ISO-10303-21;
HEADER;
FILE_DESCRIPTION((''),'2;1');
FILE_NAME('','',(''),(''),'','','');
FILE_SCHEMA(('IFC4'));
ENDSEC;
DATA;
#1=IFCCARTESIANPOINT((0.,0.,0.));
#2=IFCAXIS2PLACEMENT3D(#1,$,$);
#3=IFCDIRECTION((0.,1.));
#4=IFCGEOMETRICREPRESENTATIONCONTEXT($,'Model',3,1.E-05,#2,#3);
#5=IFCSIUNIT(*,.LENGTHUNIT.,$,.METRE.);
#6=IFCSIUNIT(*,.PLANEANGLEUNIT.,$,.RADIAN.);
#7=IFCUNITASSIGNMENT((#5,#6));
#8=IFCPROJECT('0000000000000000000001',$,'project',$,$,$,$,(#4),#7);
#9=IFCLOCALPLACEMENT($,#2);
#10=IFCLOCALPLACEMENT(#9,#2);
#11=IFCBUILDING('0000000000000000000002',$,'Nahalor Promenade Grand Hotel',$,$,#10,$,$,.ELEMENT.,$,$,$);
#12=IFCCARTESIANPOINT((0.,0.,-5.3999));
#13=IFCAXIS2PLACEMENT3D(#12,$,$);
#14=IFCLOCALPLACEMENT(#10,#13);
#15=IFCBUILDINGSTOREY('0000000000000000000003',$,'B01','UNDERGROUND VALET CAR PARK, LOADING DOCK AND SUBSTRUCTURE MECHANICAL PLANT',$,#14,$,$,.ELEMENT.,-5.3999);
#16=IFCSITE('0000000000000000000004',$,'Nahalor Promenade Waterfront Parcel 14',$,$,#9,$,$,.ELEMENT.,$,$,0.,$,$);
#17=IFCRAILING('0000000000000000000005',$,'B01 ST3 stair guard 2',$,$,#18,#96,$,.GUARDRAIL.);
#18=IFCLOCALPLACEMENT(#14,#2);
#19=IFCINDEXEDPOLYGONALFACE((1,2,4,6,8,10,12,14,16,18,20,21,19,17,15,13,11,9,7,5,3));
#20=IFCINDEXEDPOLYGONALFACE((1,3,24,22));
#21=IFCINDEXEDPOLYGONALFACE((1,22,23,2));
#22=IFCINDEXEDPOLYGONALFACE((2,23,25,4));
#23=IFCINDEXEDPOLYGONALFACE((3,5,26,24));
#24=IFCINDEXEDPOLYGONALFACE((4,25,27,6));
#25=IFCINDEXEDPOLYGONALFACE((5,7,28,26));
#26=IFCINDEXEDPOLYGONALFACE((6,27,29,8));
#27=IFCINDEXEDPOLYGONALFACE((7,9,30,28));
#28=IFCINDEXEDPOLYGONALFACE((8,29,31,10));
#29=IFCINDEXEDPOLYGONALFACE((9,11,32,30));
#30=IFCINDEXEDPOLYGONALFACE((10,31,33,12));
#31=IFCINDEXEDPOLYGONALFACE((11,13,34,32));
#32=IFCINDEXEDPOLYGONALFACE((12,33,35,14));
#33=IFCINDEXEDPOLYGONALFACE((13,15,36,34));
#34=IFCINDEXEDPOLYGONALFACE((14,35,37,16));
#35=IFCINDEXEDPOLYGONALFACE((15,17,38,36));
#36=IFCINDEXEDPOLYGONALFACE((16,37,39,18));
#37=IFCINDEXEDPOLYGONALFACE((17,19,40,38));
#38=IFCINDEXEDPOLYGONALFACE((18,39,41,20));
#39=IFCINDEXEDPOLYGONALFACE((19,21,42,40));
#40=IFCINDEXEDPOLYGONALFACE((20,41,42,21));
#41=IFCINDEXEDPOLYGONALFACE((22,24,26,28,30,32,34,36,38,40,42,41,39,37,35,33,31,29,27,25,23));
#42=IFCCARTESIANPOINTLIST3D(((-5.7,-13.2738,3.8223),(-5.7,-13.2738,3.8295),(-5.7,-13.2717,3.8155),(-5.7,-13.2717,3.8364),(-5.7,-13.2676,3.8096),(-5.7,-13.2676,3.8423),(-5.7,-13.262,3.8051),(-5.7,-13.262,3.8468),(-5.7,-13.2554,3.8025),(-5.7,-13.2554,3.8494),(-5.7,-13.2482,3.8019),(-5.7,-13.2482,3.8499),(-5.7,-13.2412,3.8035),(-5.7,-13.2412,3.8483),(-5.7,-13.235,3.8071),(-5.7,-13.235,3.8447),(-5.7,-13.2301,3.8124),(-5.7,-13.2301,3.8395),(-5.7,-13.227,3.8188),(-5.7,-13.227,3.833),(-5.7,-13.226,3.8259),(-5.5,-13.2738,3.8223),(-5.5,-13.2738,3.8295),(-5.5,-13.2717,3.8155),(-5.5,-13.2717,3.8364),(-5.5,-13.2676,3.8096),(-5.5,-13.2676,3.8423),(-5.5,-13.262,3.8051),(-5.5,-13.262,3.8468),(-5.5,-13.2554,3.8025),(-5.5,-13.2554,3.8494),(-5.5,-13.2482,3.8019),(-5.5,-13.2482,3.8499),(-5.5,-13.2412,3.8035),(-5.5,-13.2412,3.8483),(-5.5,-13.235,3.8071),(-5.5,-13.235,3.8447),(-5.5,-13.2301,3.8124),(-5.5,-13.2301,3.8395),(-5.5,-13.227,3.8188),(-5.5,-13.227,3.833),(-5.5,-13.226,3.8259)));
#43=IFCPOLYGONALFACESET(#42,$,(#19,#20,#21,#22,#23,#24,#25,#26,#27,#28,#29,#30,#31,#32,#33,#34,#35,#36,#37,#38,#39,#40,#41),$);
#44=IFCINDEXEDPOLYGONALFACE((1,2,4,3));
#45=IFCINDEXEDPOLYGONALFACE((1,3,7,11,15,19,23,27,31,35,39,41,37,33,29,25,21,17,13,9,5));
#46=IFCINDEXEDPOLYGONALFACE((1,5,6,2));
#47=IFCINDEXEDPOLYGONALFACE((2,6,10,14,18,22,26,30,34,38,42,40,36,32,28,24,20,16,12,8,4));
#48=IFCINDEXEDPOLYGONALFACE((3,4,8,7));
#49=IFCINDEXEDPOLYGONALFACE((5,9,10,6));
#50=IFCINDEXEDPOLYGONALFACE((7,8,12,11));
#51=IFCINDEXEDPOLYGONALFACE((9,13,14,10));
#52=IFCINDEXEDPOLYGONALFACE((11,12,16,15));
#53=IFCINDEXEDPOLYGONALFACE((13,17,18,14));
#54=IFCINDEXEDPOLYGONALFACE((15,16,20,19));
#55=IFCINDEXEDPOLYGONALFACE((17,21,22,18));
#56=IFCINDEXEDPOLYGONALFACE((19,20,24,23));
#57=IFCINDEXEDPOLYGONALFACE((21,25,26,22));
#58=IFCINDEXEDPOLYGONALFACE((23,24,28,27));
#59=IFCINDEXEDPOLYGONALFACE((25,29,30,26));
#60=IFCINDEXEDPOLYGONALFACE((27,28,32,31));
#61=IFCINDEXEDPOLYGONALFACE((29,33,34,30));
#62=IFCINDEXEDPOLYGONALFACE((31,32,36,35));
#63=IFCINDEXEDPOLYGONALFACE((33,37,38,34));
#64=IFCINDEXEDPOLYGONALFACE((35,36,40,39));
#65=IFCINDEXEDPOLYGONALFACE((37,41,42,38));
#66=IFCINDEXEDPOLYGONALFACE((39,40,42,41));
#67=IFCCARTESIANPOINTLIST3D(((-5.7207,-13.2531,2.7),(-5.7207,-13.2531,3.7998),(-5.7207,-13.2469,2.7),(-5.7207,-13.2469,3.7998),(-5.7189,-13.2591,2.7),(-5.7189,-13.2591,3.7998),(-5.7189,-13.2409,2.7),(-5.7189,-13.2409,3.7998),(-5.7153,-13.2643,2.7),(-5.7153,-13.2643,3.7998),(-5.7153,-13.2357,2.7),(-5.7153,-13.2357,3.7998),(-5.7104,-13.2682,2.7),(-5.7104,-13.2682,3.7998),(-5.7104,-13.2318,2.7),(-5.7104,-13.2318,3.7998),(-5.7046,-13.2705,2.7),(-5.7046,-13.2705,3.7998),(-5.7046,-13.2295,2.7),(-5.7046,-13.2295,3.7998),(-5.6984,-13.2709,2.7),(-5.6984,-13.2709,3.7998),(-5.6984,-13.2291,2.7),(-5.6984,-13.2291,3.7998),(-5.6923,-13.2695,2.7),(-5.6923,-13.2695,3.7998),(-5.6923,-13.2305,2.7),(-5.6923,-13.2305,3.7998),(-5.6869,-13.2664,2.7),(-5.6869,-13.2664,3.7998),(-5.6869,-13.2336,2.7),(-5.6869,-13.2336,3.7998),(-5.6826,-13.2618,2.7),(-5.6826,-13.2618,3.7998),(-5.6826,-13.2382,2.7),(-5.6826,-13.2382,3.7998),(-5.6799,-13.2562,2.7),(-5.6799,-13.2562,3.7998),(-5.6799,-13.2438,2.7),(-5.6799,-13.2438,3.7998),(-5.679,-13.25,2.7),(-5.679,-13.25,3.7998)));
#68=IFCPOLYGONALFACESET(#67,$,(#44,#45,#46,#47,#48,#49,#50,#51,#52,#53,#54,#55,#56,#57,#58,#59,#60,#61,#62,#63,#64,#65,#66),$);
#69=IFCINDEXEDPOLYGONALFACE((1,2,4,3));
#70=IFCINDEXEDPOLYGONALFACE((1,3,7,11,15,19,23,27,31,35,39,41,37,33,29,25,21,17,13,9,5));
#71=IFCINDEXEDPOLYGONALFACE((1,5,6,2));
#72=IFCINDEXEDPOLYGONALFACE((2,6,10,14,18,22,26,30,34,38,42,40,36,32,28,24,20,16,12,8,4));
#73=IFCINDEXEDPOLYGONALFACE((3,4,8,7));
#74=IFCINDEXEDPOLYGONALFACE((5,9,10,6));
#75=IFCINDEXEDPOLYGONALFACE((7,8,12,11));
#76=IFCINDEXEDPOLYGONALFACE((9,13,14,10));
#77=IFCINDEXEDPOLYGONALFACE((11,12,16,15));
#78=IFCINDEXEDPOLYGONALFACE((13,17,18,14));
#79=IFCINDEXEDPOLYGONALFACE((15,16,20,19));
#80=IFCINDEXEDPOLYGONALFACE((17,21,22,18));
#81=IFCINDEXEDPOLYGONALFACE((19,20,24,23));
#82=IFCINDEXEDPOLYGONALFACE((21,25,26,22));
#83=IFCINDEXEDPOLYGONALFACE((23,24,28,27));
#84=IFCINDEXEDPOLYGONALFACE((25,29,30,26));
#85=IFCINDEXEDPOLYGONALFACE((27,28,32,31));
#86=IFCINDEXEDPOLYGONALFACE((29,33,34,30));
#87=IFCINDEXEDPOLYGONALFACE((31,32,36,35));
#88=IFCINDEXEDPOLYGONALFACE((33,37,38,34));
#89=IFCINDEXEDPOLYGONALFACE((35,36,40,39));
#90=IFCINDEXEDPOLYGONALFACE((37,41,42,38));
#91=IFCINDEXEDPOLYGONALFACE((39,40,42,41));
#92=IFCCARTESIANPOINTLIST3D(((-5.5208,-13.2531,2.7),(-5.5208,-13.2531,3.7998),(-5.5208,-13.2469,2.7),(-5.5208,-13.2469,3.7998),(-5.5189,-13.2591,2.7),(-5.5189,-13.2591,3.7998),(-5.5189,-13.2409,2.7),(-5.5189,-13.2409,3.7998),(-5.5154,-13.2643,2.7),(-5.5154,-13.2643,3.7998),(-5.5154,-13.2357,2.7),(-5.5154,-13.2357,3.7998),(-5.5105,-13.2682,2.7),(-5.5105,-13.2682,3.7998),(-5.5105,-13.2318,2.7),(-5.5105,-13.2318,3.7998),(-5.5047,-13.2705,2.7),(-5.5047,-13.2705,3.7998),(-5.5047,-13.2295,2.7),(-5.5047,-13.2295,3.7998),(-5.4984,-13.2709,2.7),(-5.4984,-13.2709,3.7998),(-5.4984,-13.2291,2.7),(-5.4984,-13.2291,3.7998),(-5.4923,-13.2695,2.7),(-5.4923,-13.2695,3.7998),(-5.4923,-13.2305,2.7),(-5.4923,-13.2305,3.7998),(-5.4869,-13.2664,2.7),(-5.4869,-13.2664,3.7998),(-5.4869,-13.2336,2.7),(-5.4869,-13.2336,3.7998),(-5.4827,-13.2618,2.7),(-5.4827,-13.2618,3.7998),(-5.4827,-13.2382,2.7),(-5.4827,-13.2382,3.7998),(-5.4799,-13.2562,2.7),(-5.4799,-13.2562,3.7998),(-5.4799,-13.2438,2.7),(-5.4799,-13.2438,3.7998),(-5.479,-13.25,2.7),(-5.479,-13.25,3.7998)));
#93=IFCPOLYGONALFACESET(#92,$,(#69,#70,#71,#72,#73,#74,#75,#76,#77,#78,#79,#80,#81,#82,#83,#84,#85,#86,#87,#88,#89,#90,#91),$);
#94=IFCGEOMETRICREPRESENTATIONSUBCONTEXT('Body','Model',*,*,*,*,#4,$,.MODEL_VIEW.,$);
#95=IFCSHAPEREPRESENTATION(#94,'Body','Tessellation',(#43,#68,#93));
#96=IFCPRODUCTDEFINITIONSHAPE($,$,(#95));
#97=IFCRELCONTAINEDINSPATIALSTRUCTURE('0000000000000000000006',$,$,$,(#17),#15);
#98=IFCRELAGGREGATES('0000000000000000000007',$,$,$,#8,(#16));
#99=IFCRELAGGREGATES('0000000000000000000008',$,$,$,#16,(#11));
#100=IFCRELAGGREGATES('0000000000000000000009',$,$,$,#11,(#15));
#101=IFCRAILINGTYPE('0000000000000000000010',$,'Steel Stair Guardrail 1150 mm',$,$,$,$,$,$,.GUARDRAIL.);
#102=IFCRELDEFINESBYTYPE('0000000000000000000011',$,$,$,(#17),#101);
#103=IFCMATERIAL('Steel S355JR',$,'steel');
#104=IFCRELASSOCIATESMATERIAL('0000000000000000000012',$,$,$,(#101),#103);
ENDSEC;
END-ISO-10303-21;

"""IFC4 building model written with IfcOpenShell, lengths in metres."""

from ifc_helpers import new_model, si_unit, direction, frame, origin, origin_2d, place, context, subcontext, project, spatial, circle, extrude, material, type_object, element, save


model = new_model("IFC4")

# Units and contexts
model_context = context("Model", 3, precision=1e-05, world=origin(), true_north=direction((0.0, 1.0)))
body_context = subcontext(model_context, "Body", "Model", "MODEL_VIEW")
ifc_project = project(units=[si_unit("LENGTHUNIT", "METRE"), si_unit("PLANEANGLEUNIT", "RADIAN")], contexts=[model_context])

# Site, building, storey
site_placement = place(None, origin())
site = spatial("IfcSite", under=ifc_project, at=site_placement, Name="Nahalor Promenade Waterfront Parcel 14", CompositionType="ELEMENT", RefElevation=0.0)
building_placement = place(site_placement, origin())
building = spatial("IfcBuilding", under=site, at=building_placement, Name="Nahalor Promenade Grand Hotel", CompositionType="ELEMENT")
storey_placement = place(building_placement, frame((0.0, 0.0, -5.3999)))
storey = spatial("IfcBuildingStorey", under=building, at=storey_placement, Name="B01", Description="UNDERGROUND VALET CAR PARK, LOADING DOCK AND SUBSTRUCTURE MECHANICAL PLANT", CompositionType="ELEMENT", Elevation=-5.3999)

# Shared definitions
ifc_material_1 = material(Name="Steel S355JR", Category="steel")

# Railing
railing_type_1 = type_object("IfcRailingType", Name="Steel Stair Guardrail 1150 mm", PredefinedType="GUARDRAIL", material=ifc_material_1)
railing_1_placement = place(storey_placement, frame((-5.7, -13.25, 2.7)))
element("IfcRailing", 1, at=railing_1_placement, inside=storey, type_object=railing_type_1, Name="B01 ST3 stair guard 2", PredefinedType="GUARDRAIL", context=body_context, shape_type="SweptSolid", body=[
    extrude(circle(Radius=0.024, at=origin_2d()), frame((0.0, 0.0, 1.126), z_axis=(1.0, 0.0, 0.0), x_axis=(0.0, 1.0, 0.0)), (0.0, 0.0, 1.0), 0.2),
    extrude(circle(Radius=0.021, at=origin_2d()), origin(), (0.0, 0.0, 1.0), 1.0999),
    extrude(circle(Radius=0.021, at=origin_2d()), frame((0.2, 0.0, 0.0)), (0.0, 0.0, 1.0), 1.0999),
])

save(model, "model.ifc")
